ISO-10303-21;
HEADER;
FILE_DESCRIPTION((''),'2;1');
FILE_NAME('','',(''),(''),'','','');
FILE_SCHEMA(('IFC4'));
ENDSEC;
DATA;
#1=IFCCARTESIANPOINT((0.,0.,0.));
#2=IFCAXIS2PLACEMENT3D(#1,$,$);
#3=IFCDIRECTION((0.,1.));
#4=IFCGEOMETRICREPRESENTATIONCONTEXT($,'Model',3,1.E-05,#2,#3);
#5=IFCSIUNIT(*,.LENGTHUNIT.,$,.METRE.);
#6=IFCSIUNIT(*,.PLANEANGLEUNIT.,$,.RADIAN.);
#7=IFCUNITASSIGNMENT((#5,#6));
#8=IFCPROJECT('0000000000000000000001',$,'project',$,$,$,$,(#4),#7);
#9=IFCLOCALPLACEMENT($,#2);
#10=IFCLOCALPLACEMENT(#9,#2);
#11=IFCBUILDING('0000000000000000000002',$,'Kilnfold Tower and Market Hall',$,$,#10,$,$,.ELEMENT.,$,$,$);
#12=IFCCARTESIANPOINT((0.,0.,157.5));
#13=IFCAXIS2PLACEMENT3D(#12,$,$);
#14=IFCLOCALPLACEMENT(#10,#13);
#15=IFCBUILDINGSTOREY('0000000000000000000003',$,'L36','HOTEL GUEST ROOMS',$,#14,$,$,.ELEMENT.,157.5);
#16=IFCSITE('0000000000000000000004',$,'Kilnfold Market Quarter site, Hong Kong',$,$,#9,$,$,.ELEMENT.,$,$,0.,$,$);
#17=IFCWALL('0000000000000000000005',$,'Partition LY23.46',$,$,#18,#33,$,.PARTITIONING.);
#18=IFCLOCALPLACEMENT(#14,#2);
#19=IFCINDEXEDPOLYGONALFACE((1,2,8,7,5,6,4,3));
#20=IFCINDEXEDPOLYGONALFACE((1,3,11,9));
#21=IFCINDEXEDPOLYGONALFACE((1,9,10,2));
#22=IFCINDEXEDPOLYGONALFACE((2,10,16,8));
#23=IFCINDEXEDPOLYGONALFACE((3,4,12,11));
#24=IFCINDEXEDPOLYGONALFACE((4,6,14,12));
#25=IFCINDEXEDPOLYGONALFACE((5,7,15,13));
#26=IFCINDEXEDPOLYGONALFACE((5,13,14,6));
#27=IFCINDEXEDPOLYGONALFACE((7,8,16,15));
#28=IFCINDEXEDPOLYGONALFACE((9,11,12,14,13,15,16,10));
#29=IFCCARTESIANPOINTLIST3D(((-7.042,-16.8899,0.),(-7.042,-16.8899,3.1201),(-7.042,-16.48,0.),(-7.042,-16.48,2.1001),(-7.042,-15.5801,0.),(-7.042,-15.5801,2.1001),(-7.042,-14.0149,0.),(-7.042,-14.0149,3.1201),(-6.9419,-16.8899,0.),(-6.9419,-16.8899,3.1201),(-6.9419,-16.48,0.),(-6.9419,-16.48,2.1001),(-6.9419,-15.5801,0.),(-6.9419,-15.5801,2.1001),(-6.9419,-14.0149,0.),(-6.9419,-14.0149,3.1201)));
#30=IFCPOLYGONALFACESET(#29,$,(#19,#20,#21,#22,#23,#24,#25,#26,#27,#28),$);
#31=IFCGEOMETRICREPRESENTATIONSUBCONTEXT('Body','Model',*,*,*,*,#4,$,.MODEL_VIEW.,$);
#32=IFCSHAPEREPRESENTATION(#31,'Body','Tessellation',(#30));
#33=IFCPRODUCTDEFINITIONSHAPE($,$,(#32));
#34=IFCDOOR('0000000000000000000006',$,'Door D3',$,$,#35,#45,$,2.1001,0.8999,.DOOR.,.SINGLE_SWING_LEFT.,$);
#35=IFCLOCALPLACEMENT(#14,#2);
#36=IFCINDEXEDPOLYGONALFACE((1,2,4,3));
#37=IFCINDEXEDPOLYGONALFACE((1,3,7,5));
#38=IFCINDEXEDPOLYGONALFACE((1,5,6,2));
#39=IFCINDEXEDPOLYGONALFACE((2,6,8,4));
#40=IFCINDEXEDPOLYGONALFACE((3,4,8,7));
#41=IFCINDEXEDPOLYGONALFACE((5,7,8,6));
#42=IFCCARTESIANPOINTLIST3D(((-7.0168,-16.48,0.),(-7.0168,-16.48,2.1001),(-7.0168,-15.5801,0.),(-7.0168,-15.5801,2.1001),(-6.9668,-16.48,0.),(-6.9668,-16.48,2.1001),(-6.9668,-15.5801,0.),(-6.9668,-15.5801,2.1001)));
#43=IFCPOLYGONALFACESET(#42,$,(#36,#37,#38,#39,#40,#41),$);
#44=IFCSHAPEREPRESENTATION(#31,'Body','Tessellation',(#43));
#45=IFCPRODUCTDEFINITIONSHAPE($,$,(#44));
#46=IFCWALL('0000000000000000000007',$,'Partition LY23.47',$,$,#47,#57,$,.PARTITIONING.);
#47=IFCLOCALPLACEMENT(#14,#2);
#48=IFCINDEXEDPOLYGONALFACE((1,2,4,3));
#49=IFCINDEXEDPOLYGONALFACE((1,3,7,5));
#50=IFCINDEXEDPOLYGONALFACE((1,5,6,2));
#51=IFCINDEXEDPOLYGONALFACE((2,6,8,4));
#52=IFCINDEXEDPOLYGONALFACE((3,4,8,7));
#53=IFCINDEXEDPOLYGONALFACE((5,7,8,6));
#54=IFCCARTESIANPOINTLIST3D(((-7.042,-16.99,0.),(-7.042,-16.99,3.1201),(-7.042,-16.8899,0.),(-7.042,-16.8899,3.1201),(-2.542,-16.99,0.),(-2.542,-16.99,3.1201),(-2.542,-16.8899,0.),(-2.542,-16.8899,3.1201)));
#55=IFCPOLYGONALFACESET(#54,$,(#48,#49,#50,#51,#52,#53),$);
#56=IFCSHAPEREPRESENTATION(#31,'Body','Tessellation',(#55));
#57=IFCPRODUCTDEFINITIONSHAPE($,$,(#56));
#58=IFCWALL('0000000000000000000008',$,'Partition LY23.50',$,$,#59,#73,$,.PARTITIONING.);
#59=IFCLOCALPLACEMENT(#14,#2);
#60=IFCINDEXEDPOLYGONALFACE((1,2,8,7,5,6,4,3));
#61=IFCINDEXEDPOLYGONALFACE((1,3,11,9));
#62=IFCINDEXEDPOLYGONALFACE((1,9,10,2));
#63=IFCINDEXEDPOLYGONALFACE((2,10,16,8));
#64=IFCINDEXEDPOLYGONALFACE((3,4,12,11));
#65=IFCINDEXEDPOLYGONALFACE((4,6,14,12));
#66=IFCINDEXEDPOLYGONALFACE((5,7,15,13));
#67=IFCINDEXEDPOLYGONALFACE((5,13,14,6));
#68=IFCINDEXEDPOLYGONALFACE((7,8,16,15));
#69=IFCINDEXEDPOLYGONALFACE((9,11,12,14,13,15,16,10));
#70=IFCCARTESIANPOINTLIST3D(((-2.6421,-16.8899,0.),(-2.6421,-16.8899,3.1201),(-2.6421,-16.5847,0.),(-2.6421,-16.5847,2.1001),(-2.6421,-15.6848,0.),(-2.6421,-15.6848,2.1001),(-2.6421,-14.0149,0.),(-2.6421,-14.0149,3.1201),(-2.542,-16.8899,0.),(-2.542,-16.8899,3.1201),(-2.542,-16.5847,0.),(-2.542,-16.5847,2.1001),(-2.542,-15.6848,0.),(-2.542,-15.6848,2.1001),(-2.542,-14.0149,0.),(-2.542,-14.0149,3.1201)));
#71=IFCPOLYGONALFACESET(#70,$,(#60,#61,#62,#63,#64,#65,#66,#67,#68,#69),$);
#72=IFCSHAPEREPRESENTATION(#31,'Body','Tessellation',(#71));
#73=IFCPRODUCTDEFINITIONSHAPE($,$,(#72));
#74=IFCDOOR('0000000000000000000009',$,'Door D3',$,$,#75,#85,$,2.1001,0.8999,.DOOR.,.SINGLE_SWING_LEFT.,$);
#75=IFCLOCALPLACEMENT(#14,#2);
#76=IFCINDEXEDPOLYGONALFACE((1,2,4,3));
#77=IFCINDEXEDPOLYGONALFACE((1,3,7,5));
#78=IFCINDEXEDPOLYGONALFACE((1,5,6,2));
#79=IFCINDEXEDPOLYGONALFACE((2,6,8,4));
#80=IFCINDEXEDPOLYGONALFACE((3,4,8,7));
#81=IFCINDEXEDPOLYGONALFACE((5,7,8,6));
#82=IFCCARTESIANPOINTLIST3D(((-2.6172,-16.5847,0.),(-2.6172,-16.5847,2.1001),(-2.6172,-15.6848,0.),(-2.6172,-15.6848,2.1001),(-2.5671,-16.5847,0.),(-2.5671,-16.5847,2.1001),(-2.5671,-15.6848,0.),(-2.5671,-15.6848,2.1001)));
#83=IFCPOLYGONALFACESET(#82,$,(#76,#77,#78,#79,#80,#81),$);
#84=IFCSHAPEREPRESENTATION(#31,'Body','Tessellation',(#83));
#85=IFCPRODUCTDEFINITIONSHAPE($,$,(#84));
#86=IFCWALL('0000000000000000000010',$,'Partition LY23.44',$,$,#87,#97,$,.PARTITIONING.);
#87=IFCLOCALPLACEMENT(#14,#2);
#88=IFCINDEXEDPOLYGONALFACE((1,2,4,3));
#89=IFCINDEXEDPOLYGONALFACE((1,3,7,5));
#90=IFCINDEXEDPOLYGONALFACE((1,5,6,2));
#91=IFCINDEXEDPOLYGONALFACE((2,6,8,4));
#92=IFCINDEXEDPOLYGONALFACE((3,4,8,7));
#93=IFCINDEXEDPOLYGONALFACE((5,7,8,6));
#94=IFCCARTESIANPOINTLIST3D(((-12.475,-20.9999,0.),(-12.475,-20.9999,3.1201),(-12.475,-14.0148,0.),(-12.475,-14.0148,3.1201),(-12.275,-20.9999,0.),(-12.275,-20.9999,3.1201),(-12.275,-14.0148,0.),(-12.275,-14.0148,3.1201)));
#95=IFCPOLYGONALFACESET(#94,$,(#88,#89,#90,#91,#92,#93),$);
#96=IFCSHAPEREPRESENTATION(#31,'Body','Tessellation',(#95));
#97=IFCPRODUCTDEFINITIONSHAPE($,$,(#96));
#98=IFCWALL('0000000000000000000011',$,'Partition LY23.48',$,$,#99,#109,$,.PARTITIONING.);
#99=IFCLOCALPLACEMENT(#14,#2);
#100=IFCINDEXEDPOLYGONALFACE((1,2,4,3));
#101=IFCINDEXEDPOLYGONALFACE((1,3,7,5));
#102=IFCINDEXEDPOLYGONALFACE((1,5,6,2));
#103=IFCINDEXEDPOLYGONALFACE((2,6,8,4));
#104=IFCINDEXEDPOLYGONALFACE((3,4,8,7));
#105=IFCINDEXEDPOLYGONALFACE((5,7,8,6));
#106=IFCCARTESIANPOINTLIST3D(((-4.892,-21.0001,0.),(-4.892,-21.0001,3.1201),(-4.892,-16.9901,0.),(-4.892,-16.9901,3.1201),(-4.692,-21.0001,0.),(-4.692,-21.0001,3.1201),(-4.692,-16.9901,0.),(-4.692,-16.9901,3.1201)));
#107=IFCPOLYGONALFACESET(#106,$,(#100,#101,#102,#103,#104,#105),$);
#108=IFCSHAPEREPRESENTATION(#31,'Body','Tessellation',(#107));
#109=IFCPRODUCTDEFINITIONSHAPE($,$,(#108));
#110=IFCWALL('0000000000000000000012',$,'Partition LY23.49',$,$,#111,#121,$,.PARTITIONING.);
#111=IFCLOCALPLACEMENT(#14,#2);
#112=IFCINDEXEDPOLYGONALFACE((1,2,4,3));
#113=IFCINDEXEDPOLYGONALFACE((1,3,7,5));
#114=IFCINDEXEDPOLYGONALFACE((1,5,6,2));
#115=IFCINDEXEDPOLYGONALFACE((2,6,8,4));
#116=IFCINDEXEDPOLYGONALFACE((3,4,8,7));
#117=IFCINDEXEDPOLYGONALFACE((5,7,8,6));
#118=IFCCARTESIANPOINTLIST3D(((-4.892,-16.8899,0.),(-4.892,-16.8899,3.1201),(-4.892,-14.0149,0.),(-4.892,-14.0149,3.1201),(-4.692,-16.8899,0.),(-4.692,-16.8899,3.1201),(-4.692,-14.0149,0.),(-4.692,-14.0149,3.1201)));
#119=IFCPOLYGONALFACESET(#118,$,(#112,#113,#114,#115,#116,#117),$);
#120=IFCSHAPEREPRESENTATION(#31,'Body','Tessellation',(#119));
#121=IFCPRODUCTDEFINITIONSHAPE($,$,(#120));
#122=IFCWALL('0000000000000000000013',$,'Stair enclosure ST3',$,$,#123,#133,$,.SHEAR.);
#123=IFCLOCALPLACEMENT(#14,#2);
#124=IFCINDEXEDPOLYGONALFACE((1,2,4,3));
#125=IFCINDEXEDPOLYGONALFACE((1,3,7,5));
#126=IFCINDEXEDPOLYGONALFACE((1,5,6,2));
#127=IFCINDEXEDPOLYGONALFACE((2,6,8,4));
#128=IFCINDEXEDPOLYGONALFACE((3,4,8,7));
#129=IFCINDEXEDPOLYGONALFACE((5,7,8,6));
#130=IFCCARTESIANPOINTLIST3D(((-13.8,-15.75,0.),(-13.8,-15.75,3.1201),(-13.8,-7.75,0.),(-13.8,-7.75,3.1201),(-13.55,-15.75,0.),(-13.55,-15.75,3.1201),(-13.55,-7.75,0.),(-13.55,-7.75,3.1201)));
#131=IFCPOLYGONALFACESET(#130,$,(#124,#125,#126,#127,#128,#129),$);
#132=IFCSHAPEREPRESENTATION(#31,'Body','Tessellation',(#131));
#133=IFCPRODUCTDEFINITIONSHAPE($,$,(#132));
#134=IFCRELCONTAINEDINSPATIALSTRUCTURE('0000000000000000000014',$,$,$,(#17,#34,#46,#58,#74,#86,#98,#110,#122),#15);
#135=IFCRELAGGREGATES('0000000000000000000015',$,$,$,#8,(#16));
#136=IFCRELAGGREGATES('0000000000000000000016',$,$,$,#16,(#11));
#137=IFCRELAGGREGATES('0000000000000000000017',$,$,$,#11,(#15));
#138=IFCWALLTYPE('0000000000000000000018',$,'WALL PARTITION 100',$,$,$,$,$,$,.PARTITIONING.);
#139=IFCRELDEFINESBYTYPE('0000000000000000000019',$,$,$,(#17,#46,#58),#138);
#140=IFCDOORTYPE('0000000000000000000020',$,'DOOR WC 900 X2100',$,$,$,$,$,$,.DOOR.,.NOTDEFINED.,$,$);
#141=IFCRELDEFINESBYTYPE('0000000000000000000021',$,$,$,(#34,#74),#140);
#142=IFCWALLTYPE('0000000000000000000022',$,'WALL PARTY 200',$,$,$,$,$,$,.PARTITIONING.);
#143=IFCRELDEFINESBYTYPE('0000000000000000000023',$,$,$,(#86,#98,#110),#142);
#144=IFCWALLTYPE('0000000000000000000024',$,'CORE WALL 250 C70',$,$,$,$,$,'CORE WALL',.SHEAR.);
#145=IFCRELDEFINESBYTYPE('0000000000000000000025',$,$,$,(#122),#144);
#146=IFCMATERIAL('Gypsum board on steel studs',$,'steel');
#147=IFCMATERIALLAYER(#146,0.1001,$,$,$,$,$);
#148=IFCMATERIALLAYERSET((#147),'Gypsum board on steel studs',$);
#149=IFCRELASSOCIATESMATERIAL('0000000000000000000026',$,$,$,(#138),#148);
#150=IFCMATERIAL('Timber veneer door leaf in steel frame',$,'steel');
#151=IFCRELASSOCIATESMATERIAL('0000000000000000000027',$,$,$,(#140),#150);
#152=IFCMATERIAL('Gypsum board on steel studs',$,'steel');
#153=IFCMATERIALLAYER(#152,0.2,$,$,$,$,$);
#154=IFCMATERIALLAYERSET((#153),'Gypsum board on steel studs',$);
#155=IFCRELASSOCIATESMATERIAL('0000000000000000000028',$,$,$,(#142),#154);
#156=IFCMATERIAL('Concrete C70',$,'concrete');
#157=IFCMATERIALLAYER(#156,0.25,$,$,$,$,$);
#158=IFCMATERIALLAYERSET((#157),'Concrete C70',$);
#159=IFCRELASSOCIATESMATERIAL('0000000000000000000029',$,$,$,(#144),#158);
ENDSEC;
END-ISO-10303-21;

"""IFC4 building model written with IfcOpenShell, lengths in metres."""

from ifc_helpers import new_model, si_unit, direction, frame, frame_2d, origin, place, context, subcontext, project, spatial, rectangle, extrude, source, transform, mapped, material, layer, layer_set, type_object, element, fill, save


model = new_model("IFC4")

# Units and contexts
model_context = context("Model", 3, precision=1e-05, world=origin(), true_north=direction((0.0, 1.0)))
body_context = subcontext(model_context, "Body", "Model", "MODEL_VIEW")
ifc_project = project(units=[si_unit("LENGTHUNIT", "METRE"), si_unit("PLANEANGLEUNIT", "RADIAN")], contexts=[model_context])

# Site, building, storey
site_placement = place(None, origin())
site = spatial("IfcSite", under=ifc_project, at=site_placement, Name="Kilnfold Market Quarter site, Hong Kong", CompositionType="ELEMENT", RefElevation=0.0)
building_placement = place(site_placement, origin())
building = spatial("IfcBuilding", under=site, at=building_placement, Name="Kilnfold Tower and Market Hall", CompositionType="ELEMENT")
storey_placement = place(building_placement, frame((0.0, 0.0, 157.5)))
storey = spatial("IfcBuildingStorey", under=building, at=storey_placement, Name="L36", Description="HOTEL GUEST ROOMS", CompositionType="ELEMENT", Elevation=157.5)

# Wall, opening, door
ifc_material_1 = material(Name="Gypsum board on steel studs", Category="steel")
ifc_layer_1 = layer(ifc_material_1, 0.1001)
ifc_layer_set_1 = layer_set([ifc_layer_1], Name="Gypsum board on steel studs")
wall_type_1 = type_object("IfcWallType", Name="WALL PARTITION 100", PredefinedType="PARTITIONING", material=ifc_layer_set_1)
wall_1_placement = place(storey_placement, frame((-6.9919, -16.8899, 0.0), z_axis=(0.0, 0.0, 1.0), x_axis=(0.0, 1.0, 0.0)))
wall_1 = element("IfcWall", 1, at=wall_1_placement, inside=storey, type_object=wall_type_1, Name="Partition LY23.46", PredefinedType="PARTITIONING", context=body_context, shape_type="SweptSolid", body=[
    extrude(rectangle(XDim=2.875, YDim=0.1001, at=frame_2d((1.4375, 0.0))), origin(), (0.0, 0.0, 1.0), 3.1201),
])
opening_1_placement = place(wall_1_placement, frame((0.4099, 0.0, 0.0)))
opening_1 = element("IfcOpeningElement", 2, at=opening_1_placement, cuts=wall_1, PredefinedType="OPENING", context=body_context, shape_type="SweptSolid", body=[
    extrude(rectangle(XDim=0.8999, YDim=2.1001, at=frame_2d((0.45, 1.05))), frame((0.0, 0.0601, 0.0), z_axis=(0.0, -1.0, 0.0), x_axis=(1.0, 0.0, 0.0)), (0.0, 0.0, 1.0), 0.1201),
])
ifc_material_2 = material(Name="Timber veneer door leaf in steel frame", Category="steel")
door_type_1 = type_object("IfcDoorType", Name="DOOR WC 900 X2100", OperationType="NOTDEFINED", PredefinedType="DOOR", material=ifc_material_2)
door_1_placement = place(opening_1_placement, origin())
door_1 = element("IfcDoor", 3, at=door_1_placement, inside=storey, type_object=door_type_1, Name="Door D3", OperationType="SINGLE_SWING_LEFT", OverallHeight=2.1001, OverallWidth=0.8999, PredefinedType="DOOR", context=body_context, shape_type="SweptSolid", body=[
    extrude(rectangle(XDim=0.8999, YDim=2.1001, at=frame_2d((0.45, 1.05))), frame((0.0, 0.0249, 0.0), z_axis=(0.0, -1.0, 0.0), x_axis=(1.0, 0.0, 0.0)), (0.0, 0.0, 1.0), 0.05),
])
fill(opening_1, door_1)

# Wall
wall_2_placement = place(storey_placement, frame((-7.042, -16.9399, 0.0), z_axis=(0.0, 0.0, 1.0), x_axis=(1.0, 0.0, 0.0)))
element("IfcWall", 4, at=wall_2_placement, inside=storey, type_object=wall_type_1, Name="Partition LY23.47", PredefinedType="PARTITIONING", context=body_context, shape_type="SweptSolid", body=[
    extrude(rectangle(XDim=4.5, YDim=0.1001, at=frame_2d((2.25, 0.0))), origin(), (0.0, 0.0, 1.0), 3.1201),
])

# Wall, opening, door
wall_3_placement = place(storey_placement, frame((-2.592, -14.0149, 0.0), z_axis=(0.0, 0.0, 1.0), x_axis=(0.0, -1.0, 0.0)))
wall_3 = element("IfcWall", 5, at=wall_3_placement, inside=storey, type_object=wall_type_1, Name="Partition LY23.50", PredefinedType="PARTITIONING", context=body_context, shape_type="SweptSolid", body=[
    extrude(rectangle(XDim=2.875, YDim=0.1001, at=frame_2d((1.4375, 0.0))), origin(), (0.0, 0.0, 1.0), 3.1201),
])
opening_2_placement = place(wall_3_placement, frame((1.6699, 0.0, 0.0)))
opening_2 = element("IfcOpeningElement", 6, at=opening_2_placement, cuts=wall_3, PredefinedType="OPENING", context=body_context, shape_type="SweptSolid", body=[
    extrude(rectangle(XDim=0.8999, YDim=2.1001, at=frame_2d((0.45, 1.05))), frame((0.0, 0.0601, 0.0), z_axis=(0.0, -1.0, 0.0), x_axis=(1.0, 0.0, 0.0)), (0.0, 0.0, 1.0), 0.1201),
])
door_2_placement = place(opening_2_placement, origin())
door_2 = element("IfcDoor", 7, at=door_2_placement, inside=storey, type_object=door_type_1, Name="Door D3", OperationType="SINGLE_SWING_LEFT", OverallHeight=2.1001, OverallWidth=0.8999, PredefinedType="DOOR", context=body_context, shape_type="SweptSolid", body=[
    extrude(rectangle(XDim=0.8999, YDim=2.1001, at=frame_2d((0.45, 1.05))), frame((0.0, 0.0249, 0.0), z_axis=(0.0, -1.0, 0.0), x_axis=(1.0, 0.0, 0.0)), (0.0, 0.0, 1.0), 0.05),
])
fill(opening_2, door_2)

# Walls
ifc_material_3 = material(Name="Gypsum board on steel studs", Category="steel")
ifc_layer_2 = layer(ifc_material_3, 0.2)
ifc_layer_set_2 = layer_set([ifc_layer_2], Name="Gypsum board on steel studs")
wall_type_2 = type_object("IfcWallType", Name="WALL PARTY 200", PredefinedType="PARTITIONING", material=ifc_layer_set_2)
wall_4_placement = place(storey_placement, frame((-12.375, -21.0, 0.0), z_axis=(0.0, 0.0, 1.0), x_axis=(0.0, 1.0, 0.0)))
element("IfcWall", 8, at=wall_4_placement, inside=storey, type_object=wall_type_2, Name="Partition LY23.44", PredefinedType="PARTITIONING", context=body_context, shape_type="SweptSolid", body=[
    extrude(rectangle(XDim=6.9851, YDim=0.2, at=frame_2d((3.4927, 0.0))), origin(), (0.0, 0.0, 1.0), 3.1201),
])
wall_5_placement = place(storey_placement, frame((-4.792, -21.0, 0.0), z_axis=(0.0, 0.0, 1.0), x_axis=(0.0, 1.0, 0.0)))
element("IfcWall", 9, at=wall_5_placement, inside=storey, type_object=wall_type_2, Name="Partition LY23.48", PredefinedType="PARTITIONING", context=body_context, shape_type="SweptSolid", body=[
    extrude(rectangle(XDim=4.01, YDim=0.2, at=frame_2d((2.0049, 0.0))), origin(), (0.0, 0.0, 1.0), 3.1201),
])
wall_6_placement = place(storey_placement, frame((-4.792, -16.8899, 0.0), z_axis=(0.0, 0.0, 1.0), x_axis=(0.0, 1.0, 0.0)))
element("IfcWall", 10, at=wall_6_placement, inside=storey, type_object=wall_type_2, Name="Partition LY23.49", PredefinedType="PARTITIONING", context=body_context, shape_type="SweptSolid", body=[
    extrude(rectangle(XDim=2.875, YDim=0.2, at=frame_2d((1.4375, 0.0))), origin(), (0.0, 0.0, 1.0), 3.1201),
])
ifc_material_4 = material(Name="Concrete C70", Category="concrete")
ifc_layer_3 = layer(ifc_material_4, 0.25)
ifc_layer_set_3 = layer_set([ifc_layer_3], Name="Concrete C70")
wall_type_3 = type_object("IfcWallType", Name="CORE WALL 250 C70", ElementType="CORE WALL", PredefinedType="SHEAR", material=ifc_layer_set_3)
shared_shape_1 = source(origin(), body_context, "Body", "SweptSolid", [
    extrude(rectangle(XDim=8.0, YDim=0.25, at=frame_2d((4.0, 0.0))), origin(), (0.0, 0.0, 1.0), 3.1201),
])
wall_7_placement = place(storey_placement, frame((-13.675, -15.75, 0.0), z_axis=(0.0, 0.0, 1.0), x_axis=(0.0, 1.0, 0.0)))
element("IfcWall", 11, at=wall_7_placement, inside=storey, type_object=wall_type_3, Name="Stair enclosure ST3", PredefinedType="SHEAR", context=body_context, shape_type="MappedRepresentation", body=[
    mapped(shared_shape_1, transform((0.0, 0.0, 0.0))),
])

save(model, "model.ifc")
